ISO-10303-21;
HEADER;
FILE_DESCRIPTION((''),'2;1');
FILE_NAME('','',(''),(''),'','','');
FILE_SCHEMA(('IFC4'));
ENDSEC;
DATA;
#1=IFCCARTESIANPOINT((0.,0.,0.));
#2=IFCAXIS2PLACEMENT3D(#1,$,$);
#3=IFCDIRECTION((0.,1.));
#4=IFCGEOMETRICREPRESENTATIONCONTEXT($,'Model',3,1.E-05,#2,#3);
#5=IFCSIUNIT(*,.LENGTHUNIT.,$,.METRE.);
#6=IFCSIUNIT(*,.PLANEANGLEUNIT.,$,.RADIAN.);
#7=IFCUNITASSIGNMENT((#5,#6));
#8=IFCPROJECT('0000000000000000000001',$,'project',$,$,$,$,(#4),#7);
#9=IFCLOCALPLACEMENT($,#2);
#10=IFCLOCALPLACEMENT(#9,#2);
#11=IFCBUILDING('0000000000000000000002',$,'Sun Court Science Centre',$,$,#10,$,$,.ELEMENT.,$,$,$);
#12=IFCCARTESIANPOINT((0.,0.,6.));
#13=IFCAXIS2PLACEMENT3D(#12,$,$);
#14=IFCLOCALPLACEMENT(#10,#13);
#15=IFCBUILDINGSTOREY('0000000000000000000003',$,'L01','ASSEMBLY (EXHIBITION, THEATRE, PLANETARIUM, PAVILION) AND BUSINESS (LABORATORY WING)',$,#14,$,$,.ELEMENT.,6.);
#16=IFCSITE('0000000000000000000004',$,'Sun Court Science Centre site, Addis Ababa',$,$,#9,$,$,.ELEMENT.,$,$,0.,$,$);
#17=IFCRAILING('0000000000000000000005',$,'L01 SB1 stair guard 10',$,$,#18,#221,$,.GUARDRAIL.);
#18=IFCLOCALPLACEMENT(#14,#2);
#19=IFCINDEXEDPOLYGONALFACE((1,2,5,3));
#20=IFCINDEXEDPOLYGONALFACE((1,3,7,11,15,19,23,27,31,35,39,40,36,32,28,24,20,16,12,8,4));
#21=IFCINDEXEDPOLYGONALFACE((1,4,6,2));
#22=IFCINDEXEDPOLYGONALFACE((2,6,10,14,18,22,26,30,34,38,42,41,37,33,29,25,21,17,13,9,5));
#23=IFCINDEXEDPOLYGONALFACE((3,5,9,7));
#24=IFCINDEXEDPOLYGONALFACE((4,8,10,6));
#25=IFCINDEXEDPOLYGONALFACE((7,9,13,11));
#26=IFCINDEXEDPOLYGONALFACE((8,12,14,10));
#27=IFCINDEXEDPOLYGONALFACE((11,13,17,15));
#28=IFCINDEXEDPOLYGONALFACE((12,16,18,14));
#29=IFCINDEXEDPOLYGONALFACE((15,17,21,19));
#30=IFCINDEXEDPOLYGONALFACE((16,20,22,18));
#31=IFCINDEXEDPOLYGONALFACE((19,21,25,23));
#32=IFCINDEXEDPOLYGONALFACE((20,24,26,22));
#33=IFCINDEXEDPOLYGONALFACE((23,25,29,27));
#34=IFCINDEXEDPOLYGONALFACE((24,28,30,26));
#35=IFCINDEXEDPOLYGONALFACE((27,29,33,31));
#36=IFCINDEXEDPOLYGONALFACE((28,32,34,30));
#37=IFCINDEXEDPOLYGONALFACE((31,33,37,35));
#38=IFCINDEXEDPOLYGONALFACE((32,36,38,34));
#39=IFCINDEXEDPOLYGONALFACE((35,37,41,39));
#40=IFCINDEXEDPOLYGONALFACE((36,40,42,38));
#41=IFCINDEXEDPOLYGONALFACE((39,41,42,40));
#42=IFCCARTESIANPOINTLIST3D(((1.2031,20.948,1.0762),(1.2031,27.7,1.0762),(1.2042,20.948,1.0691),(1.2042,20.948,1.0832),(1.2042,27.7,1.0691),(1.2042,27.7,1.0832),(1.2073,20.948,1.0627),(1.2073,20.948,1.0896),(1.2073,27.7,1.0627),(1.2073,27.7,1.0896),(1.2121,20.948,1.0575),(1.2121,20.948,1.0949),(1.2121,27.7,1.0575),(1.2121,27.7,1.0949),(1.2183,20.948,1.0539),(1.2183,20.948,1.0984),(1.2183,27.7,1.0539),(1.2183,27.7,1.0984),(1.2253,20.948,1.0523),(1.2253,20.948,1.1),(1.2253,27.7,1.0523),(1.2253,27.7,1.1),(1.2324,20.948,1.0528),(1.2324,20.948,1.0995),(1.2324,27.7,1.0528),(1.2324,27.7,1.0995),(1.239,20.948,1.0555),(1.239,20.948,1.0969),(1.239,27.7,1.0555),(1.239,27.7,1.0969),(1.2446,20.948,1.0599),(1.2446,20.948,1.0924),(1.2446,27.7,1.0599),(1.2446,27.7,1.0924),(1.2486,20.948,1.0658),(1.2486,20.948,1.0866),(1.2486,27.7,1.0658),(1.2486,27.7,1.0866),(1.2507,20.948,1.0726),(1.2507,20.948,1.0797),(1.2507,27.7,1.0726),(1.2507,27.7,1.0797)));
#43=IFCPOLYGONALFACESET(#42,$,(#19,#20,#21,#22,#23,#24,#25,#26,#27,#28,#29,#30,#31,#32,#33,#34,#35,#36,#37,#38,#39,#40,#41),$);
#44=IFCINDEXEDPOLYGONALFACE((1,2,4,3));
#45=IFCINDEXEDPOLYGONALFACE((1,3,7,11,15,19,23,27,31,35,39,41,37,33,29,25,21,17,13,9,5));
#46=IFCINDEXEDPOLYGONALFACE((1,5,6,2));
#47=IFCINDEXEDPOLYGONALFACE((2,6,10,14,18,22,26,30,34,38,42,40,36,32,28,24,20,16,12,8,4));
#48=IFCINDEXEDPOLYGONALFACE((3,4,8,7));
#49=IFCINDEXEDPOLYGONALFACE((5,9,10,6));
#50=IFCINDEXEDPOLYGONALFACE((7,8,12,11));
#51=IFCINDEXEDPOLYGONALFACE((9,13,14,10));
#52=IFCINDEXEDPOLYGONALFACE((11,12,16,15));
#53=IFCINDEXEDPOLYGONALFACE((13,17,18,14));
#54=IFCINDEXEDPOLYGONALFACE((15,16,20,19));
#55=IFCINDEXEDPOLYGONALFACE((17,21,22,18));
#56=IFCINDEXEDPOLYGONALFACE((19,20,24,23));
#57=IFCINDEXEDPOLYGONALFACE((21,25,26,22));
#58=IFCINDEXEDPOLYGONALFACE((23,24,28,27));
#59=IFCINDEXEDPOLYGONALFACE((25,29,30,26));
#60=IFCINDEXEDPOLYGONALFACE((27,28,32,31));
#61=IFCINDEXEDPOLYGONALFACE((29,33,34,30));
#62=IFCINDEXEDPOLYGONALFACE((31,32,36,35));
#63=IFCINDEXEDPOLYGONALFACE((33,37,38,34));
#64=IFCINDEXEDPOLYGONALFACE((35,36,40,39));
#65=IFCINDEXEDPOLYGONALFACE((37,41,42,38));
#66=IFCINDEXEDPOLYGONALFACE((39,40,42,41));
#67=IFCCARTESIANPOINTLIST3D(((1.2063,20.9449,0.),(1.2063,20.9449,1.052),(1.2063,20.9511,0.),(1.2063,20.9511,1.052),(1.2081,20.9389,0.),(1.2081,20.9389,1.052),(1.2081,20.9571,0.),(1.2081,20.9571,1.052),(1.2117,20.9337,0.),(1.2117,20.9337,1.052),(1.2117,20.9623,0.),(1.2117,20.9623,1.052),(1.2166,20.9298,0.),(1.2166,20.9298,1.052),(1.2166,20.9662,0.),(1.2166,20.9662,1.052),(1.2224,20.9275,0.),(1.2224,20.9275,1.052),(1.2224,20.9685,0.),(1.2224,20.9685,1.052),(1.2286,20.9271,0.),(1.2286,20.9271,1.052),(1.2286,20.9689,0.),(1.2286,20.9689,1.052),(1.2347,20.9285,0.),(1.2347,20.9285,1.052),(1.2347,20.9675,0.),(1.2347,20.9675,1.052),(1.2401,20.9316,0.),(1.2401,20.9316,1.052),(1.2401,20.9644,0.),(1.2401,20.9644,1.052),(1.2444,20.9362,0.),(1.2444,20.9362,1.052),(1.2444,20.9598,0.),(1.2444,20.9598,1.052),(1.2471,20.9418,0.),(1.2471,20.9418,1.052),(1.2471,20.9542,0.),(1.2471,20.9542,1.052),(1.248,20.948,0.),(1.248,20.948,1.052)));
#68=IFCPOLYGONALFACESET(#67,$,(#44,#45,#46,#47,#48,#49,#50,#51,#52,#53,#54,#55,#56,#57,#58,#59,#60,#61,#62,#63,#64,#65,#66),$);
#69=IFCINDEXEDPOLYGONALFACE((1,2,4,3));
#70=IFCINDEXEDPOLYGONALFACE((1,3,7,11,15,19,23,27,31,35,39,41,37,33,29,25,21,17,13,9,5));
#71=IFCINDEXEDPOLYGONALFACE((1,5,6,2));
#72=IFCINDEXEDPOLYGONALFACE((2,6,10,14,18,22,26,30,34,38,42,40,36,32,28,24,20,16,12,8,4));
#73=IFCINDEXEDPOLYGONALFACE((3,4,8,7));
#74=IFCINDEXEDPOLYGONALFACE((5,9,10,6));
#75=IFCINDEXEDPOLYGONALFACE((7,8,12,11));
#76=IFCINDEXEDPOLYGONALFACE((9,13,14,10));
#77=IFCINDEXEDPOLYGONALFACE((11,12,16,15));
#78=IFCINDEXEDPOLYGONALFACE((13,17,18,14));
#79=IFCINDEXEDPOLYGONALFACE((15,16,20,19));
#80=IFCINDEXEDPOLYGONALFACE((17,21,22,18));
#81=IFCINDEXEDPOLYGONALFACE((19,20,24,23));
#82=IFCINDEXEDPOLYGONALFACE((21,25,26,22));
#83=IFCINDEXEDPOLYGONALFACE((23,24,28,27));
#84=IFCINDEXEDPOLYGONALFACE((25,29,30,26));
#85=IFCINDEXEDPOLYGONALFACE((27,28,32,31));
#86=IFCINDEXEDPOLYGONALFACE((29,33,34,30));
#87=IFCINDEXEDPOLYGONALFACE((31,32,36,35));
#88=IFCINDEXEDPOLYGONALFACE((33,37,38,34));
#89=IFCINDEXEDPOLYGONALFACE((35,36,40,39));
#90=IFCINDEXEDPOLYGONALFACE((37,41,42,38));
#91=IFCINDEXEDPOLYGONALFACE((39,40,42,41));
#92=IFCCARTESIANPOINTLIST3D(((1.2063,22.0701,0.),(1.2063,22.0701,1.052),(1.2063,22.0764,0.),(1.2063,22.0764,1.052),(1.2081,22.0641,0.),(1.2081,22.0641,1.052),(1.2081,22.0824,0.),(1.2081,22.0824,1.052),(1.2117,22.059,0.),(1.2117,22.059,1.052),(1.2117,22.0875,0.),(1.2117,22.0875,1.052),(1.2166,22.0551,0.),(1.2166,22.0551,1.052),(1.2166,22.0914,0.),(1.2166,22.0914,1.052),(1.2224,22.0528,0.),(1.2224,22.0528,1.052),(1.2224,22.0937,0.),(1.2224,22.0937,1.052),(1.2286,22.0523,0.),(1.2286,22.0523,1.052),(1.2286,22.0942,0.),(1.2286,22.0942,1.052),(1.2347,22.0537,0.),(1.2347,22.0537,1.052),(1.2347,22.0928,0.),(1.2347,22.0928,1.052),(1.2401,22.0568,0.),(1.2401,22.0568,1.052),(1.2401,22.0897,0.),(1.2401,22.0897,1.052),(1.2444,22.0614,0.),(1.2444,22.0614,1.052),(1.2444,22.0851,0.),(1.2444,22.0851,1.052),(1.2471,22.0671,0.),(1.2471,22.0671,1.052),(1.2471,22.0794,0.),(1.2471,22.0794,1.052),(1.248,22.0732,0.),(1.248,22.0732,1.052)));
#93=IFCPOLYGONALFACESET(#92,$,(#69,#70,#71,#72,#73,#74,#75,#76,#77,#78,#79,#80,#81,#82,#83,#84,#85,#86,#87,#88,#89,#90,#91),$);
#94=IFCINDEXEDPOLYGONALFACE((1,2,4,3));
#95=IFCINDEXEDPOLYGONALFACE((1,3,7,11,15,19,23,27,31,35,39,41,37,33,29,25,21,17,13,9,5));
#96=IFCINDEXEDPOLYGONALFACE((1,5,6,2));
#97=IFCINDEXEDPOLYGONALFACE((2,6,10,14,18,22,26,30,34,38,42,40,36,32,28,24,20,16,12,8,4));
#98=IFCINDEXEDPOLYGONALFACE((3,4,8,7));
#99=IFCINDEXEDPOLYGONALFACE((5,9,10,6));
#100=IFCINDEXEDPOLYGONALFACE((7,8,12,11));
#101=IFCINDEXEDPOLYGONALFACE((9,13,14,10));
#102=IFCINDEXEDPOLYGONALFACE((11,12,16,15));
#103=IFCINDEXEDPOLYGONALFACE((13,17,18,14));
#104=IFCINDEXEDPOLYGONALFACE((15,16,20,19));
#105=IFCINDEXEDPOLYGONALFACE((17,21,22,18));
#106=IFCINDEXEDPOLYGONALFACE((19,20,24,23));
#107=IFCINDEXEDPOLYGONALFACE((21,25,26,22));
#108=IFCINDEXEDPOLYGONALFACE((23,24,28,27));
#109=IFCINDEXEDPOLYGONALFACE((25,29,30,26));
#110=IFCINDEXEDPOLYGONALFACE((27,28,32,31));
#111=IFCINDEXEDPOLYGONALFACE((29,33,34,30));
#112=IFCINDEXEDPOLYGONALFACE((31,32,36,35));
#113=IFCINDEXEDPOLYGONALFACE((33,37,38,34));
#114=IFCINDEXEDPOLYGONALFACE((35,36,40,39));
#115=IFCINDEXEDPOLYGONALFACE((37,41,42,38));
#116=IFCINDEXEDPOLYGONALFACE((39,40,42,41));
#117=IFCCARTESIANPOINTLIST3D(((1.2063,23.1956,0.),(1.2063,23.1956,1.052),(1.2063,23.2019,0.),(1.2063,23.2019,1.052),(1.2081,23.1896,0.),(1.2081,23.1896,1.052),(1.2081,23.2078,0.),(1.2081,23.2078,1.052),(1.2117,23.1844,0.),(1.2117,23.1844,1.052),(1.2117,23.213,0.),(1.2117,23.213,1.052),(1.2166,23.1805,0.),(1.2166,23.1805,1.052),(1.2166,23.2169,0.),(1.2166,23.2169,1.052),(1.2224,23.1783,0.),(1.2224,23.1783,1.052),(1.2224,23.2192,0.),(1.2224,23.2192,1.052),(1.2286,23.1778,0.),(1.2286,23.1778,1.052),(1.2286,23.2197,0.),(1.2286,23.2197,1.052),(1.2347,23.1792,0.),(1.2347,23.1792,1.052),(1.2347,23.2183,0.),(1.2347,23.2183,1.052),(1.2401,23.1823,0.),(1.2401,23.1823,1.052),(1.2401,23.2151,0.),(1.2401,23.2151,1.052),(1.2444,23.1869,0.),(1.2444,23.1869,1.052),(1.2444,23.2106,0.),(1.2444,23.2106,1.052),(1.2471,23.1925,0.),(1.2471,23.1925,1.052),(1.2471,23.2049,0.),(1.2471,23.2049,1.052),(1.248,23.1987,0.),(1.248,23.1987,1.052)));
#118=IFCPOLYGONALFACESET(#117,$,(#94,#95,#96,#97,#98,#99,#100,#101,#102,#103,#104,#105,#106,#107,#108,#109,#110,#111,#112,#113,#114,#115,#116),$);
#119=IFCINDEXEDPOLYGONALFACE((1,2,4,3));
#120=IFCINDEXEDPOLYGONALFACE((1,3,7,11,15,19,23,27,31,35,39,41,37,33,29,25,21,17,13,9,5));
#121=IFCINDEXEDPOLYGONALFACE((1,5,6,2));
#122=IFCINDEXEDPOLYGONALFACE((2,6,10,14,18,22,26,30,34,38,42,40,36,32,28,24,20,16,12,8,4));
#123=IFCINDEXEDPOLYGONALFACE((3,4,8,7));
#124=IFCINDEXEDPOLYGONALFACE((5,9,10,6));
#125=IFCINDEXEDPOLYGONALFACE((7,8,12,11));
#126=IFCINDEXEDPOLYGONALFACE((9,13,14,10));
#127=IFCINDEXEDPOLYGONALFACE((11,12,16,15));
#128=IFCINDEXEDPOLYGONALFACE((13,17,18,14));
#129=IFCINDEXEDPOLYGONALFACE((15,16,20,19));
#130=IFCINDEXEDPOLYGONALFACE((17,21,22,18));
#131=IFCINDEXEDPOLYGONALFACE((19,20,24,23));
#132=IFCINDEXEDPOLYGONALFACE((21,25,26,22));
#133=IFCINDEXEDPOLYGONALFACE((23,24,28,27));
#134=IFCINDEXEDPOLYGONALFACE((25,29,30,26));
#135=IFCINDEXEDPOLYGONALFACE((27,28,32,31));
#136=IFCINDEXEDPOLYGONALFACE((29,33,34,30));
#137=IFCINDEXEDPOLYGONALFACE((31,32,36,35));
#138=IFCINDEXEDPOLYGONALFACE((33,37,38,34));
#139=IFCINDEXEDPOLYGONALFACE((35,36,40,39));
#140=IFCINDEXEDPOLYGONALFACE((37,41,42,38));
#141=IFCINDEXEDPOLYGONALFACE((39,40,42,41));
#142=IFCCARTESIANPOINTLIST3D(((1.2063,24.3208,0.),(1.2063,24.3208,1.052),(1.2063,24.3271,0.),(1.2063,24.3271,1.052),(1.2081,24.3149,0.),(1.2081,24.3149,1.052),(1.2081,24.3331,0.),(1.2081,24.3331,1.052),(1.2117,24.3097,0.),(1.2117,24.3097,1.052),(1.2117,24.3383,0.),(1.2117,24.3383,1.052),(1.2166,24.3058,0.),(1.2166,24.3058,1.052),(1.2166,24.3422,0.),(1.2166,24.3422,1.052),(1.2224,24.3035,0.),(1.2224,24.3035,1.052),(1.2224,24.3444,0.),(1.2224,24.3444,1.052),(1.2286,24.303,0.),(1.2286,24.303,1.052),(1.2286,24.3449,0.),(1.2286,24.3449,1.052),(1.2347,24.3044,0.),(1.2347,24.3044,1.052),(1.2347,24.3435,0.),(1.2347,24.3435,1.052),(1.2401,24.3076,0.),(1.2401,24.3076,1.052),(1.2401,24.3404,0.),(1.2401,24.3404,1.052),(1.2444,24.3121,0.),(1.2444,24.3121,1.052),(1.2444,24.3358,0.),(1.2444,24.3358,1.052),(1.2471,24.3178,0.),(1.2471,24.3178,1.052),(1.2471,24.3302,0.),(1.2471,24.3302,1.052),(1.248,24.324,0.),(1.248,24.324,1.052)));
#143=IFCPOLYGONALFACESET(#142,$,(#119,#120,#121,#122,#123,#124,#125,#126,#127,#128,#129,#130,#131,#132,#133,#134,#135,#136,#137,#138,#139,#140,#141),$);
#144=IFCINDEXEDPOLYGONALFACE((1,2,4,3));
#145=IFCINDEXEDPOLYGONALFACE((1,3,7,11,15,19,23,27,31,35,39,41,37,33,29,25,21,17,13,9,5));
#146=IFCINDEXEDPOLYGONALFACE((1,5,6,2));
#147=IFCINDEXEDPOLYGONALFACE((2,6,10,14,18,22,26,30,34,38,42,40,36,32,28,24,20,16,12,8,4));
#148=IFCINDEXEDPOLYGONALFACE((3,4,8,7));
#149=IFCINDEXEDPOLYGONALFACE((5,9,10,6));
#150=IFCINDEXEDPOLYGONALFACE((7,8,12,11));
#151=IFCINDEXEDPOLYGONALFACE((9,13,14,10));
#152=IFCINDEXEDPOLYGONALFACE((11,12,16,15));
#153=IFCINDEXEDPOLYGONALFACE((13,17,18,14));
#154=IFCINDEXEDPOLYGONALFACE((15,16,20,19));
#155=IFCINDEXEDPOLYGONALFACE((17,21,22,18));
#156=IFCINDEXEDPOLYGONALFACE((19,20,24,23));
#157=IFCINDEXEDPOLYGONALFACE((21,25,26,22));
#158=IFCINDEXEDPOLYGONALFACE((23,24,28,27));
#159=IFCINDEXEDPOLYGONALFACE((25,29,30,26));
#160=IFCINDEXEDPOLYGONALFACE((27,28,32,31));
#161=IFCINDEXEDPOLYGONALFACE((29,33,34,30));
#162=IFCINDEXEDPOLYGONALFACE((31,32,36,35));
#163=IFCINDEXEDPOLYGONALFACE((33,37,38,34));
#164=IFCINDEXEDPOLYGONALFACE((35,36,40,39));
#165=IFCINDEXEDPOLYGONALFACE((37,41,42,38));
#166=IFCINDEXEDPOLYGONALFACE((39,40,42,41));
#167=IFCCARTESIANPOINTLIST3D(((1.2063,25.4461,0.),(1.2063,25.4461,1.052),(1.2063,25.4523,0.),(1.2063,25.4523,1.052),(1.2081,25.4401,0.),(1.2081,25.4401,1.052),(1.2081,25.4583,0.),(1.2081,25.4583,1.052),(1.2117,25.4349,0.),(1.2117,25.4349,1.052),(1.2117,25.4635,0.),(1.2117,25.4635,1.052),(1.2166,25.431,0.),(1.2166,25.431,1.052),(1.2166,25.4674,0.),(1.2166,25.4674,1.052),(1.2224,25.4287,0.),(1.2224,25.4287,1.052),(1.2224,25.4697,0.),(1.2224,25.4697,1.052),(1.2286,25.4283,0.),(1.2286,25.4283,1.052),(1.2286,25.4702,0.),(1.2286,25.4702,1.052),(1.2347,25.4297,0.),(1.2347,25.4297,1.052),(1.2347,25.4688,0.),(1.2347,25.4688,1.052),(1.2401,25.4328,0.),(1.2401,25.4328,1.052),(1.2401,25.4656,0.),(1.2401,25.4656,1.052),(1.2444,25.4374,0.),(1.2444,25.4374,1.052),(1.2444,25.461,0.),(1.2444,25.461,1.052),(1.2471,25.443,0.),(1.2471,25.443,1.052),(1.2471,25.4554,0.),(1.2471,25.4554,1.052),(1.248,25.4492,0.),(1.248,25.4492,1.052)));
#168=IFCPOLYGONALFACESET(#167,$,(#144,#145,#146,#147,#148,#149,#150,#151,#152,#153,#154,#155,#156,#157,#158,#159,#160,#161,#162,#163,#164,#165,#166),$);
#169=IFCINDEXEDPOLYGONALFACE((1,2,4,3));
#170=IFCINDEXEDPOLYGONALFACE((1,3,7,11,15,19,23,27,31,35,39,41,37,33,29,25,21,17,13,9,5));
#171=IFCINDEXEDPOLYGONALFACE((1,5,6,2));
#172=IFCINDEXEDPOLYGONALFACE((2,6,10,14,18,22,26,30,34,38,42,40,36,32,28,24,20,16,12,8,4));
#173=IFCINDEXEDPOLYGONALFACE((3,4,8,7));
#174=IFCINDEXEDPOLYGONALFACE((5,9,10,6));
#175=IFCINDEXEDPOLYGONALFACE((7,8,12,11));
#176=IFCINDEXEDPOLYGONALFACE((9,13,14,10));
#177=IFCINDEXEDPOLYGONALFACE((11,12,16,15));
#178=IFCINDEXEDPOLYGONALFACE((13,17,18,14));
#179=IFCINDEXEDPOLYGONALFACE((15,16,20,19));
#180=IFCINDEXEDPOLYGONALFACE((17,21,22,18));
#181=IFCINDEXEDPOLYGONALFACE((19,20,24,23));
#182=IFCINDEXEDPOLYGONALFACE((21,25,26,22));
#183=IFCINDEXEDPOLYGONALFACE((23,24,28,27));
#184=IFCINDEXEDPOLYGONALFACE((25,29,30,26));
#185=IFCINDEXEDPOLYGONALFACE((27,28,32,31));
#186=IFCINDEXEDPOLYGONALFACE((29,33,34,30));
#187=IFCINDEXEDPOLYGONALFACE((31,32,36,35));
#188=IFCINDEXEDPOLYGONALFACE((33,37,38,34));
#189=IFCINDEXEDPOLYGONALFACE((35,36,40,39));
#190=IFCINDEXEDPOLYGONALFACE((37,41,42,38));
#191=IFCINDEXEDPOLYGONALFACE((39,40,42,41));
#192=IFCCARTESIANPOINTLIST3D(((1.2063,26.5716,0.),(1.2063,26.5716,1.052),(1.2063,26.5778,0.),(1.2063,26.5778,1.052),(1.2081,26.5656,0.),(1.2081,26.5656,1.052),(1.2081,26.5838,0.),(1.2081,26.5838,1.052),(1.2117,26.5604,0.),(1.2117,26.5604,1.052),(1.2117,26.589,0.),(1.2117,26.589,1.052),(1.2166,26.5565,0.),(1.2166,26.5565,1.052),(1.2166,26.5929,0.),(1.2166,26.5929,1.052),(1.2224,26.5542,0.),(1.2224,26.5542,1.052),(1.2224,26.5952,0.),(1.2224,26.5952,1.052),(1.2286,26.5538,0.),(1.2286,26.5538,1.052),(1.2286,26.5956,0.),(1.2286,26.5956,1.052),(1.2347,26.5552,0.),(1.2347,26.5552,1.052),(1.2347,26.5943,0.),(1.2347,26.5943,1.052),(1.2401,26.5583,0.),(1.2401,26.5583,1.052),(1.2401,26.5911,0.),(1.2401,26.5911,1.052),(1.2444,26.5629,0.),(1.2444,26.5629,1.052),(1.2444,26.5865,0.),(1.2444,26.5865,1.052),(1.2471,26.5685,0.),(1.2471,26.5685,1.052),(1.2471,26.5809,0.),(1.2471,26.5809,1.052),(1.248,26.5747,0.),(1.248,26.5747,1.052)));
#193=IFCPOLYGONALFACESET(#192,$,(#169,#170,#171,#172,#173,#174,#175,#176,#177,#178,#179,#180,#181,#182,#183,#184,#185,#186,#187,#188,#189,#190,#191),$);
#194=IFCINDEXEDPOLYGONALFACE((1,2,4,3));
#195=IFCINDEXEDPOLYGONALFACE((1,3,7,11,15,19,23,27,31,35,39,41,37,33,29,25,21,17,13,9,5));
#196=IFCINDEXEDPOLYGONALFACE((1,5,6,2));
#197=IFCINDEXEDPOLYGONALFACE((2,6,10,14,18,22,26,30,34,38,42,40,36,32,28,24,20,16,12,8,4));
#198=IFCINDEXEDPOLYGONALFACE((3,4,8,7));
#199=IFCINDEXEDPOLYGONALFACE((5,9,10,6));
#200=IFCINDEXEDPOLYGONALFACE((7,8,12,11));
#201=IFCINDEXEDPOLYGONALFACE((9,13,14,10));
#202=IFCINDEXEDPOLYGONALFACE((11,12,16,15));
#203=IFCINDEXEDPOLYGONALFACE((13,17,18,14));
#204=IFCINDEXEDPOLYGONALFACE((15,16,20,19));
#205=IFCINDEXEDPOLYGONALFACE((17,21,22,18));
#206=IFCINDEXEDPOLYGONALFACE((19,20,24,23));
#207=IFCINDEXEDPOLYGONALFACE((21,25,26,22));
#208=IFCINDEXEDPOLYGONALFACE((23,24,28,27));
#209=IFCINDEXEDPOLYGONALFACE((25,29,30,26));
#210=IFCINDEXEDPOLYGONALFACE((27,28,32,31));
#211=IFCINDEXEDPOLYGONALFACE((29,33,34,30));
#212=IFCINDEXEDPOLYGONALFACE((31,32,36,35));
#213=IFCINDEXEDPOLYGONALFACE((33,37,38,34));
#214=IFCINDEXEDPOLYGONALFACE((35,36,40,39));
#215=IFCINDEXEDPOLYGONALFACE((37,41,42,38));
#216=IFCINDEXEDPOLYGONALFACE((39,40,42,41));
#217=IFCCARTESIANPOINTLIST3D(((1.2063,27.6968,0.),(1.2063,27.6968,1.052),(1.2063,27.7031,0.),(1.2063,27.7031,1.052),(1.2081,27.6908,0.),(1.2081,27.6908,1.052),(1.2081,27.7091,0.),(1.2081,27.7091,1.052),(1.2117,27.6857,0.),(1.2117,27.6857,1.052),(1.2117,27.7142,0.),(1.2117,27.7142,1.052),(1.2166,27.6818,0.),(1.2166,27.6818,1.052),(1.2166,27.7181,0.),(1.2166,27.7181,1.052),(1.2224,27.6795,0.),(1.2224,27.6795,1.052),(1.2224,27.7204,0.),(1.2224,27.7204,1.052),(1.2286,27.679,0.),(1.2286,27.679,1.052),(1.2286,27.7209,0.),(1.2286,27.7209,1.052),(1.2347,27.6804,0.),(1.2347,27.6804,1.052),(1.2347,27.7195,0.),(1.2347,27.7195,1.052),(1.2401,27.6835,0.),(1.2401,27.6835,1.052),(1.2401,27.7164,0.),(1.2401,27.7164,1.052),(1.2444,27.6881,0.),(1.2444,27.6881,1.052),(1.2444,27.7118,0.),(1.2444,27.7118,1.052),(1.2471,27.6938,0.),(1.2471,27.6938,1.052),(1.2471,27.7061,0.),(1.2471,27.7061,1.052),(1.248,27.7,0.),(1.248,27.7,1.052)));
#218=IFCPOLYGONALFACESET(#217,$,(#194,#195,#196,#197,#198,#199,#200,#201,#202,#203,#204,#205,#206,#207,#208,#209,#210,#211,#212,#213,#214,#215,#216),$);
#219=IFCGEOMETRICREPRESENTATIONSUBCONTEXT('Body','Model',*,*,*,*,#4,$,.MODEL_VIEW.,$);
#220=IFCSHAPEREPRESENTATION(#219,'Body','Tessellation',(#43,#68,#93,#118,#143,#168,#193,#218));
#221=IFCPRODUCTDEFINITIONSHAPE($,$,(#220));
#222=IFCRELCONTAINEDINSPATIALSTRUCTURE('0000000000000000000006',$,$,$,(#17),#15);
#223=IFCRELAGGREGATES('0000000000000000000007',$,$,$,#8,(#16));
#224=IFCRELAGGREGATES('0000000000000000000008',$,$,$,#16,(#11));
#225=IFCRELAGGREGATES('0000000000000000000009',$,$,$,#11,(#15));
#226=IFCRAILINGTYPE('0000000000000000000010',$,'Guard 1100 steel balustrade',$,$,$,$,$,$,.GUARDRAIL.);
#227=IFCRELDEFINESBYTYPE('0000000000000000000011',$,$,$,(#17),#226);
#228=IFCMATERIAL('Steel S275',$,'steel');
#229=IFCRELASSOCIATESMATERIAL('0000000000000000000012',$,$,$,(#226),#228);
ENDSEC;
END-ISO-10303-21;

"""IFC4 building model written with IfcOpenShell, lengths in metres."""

from ifc_helpers import new_model, si_unit, direction, frame, origin, origin_2d, place, context, subcontext, project, spatial, circle, extrude, material, type_object, element, save


model = new_model("IFC4")

# Units and contexts
model_context = context("Model", 3, precision=1e-05, world=origin(), true_north=direction((0.0, 1.0)))
body_context = subcontext(model_context, "Body", "Model", "MODEL_VIEW")
ifc_project = project(units=[si_unit("LENGTHUNIT", "METRE"), si_unit("PLANEANGLEUNIT", "RADIAN")], contexts=[model_context])

# Site, building, storey
site_placement = place(None, origin())
site = spatial("IfcSite", under=ifc_project, at=site_placement, Name="Sun Court Science Centre site, Addis Ababa", CompositionType="ELEMENT", RefElevation=0.0)
building_placement = place(site_placement, origin())
building = spatial("IfcBuilding", under=site, at=building_placement, Name="Sun Court Science Centre", CompositionType="ELEMENT")
storey_placement = place(building_placement, frame((0.0, 0.0, 6.0)))
storey = spatial("IfcBuildingStorey", under=building, at=storey_placement, Name="L01", Description="ASSEMBLY (EXHIBITION, THEATRE, PLANETARIUM, PAVILION) AND BUSINESS (LABORATORY WING)", CompositionType="ELEMENT", Elevation=6.0)

# Railing
ifc_material_1 = material(Name="Steel S275", Category="steel")
railing_type_1 = type_object("IfcRailingType", Name="Guard 1100 steel balustrade", PredefinedType="GUARDRAIL", material=ifc_material_1)
for number, where, name in (
    (1, (1.2271, 20.948, 0.0), "L01 SB1 stair guard 10"),
):
    element("IfcRailing", number, at=place(storey_placement, frame(where)), inside=storey, type_object=railing_type_1, Name=name, PredefinedType="GUARDRAIL", context=body_context, shape_type="SweptSolid", body=[
        extrude(circle(Radius=0.0239, at=origin_2d()), frame((0.0, 0.0, 1.0762), z_axis=(0.0, 1.0, 0.0), x_axis=(-1.0, 0.0, 0.0)), (0.0, 0.0, 1.0), 6.752),
        extrude(circle(Radius=0.021, at=origin_2d()), origin(), (0.0, 0.0, 1.0), 1.052),
        extrude(circle(Radius=0.021, at=origin_2d()), frame((0.0, 1.1252, 0.0)), (0.0, 0.0, 1.0), 1.052),
        extrude(circle(Radius=0.021, at=origin_2d()), frame((0.0, 2.2507, 0.0)), (0.0, 0.0, 1.0), 1.052),
        extrude(circle(Radius=0.021, at=origin_2d()), frame((0.0, 3.376, 0.0)), (0.0, 0.0, 1.0), 1.052),
        extrude(circle(Radius=0.021, at=origin_2d()), frame((0.0, 4.5012, 0.0)), (0.0, 0.0, 1.0), 1.052),
        extrude(circle(Radius=0.021, at=origin_2d()), frame((0.0, 5.6267, 0.0)), (0.0, 0.0, 1.0), 1.052),
        extrude(circle(Radius=0.021, at=origin_2d()), frame((0.0, 6.752, 0.0)), (0.0, 0.0, 1.0), 1.052),
    ])

save(model, "model.ifc")
